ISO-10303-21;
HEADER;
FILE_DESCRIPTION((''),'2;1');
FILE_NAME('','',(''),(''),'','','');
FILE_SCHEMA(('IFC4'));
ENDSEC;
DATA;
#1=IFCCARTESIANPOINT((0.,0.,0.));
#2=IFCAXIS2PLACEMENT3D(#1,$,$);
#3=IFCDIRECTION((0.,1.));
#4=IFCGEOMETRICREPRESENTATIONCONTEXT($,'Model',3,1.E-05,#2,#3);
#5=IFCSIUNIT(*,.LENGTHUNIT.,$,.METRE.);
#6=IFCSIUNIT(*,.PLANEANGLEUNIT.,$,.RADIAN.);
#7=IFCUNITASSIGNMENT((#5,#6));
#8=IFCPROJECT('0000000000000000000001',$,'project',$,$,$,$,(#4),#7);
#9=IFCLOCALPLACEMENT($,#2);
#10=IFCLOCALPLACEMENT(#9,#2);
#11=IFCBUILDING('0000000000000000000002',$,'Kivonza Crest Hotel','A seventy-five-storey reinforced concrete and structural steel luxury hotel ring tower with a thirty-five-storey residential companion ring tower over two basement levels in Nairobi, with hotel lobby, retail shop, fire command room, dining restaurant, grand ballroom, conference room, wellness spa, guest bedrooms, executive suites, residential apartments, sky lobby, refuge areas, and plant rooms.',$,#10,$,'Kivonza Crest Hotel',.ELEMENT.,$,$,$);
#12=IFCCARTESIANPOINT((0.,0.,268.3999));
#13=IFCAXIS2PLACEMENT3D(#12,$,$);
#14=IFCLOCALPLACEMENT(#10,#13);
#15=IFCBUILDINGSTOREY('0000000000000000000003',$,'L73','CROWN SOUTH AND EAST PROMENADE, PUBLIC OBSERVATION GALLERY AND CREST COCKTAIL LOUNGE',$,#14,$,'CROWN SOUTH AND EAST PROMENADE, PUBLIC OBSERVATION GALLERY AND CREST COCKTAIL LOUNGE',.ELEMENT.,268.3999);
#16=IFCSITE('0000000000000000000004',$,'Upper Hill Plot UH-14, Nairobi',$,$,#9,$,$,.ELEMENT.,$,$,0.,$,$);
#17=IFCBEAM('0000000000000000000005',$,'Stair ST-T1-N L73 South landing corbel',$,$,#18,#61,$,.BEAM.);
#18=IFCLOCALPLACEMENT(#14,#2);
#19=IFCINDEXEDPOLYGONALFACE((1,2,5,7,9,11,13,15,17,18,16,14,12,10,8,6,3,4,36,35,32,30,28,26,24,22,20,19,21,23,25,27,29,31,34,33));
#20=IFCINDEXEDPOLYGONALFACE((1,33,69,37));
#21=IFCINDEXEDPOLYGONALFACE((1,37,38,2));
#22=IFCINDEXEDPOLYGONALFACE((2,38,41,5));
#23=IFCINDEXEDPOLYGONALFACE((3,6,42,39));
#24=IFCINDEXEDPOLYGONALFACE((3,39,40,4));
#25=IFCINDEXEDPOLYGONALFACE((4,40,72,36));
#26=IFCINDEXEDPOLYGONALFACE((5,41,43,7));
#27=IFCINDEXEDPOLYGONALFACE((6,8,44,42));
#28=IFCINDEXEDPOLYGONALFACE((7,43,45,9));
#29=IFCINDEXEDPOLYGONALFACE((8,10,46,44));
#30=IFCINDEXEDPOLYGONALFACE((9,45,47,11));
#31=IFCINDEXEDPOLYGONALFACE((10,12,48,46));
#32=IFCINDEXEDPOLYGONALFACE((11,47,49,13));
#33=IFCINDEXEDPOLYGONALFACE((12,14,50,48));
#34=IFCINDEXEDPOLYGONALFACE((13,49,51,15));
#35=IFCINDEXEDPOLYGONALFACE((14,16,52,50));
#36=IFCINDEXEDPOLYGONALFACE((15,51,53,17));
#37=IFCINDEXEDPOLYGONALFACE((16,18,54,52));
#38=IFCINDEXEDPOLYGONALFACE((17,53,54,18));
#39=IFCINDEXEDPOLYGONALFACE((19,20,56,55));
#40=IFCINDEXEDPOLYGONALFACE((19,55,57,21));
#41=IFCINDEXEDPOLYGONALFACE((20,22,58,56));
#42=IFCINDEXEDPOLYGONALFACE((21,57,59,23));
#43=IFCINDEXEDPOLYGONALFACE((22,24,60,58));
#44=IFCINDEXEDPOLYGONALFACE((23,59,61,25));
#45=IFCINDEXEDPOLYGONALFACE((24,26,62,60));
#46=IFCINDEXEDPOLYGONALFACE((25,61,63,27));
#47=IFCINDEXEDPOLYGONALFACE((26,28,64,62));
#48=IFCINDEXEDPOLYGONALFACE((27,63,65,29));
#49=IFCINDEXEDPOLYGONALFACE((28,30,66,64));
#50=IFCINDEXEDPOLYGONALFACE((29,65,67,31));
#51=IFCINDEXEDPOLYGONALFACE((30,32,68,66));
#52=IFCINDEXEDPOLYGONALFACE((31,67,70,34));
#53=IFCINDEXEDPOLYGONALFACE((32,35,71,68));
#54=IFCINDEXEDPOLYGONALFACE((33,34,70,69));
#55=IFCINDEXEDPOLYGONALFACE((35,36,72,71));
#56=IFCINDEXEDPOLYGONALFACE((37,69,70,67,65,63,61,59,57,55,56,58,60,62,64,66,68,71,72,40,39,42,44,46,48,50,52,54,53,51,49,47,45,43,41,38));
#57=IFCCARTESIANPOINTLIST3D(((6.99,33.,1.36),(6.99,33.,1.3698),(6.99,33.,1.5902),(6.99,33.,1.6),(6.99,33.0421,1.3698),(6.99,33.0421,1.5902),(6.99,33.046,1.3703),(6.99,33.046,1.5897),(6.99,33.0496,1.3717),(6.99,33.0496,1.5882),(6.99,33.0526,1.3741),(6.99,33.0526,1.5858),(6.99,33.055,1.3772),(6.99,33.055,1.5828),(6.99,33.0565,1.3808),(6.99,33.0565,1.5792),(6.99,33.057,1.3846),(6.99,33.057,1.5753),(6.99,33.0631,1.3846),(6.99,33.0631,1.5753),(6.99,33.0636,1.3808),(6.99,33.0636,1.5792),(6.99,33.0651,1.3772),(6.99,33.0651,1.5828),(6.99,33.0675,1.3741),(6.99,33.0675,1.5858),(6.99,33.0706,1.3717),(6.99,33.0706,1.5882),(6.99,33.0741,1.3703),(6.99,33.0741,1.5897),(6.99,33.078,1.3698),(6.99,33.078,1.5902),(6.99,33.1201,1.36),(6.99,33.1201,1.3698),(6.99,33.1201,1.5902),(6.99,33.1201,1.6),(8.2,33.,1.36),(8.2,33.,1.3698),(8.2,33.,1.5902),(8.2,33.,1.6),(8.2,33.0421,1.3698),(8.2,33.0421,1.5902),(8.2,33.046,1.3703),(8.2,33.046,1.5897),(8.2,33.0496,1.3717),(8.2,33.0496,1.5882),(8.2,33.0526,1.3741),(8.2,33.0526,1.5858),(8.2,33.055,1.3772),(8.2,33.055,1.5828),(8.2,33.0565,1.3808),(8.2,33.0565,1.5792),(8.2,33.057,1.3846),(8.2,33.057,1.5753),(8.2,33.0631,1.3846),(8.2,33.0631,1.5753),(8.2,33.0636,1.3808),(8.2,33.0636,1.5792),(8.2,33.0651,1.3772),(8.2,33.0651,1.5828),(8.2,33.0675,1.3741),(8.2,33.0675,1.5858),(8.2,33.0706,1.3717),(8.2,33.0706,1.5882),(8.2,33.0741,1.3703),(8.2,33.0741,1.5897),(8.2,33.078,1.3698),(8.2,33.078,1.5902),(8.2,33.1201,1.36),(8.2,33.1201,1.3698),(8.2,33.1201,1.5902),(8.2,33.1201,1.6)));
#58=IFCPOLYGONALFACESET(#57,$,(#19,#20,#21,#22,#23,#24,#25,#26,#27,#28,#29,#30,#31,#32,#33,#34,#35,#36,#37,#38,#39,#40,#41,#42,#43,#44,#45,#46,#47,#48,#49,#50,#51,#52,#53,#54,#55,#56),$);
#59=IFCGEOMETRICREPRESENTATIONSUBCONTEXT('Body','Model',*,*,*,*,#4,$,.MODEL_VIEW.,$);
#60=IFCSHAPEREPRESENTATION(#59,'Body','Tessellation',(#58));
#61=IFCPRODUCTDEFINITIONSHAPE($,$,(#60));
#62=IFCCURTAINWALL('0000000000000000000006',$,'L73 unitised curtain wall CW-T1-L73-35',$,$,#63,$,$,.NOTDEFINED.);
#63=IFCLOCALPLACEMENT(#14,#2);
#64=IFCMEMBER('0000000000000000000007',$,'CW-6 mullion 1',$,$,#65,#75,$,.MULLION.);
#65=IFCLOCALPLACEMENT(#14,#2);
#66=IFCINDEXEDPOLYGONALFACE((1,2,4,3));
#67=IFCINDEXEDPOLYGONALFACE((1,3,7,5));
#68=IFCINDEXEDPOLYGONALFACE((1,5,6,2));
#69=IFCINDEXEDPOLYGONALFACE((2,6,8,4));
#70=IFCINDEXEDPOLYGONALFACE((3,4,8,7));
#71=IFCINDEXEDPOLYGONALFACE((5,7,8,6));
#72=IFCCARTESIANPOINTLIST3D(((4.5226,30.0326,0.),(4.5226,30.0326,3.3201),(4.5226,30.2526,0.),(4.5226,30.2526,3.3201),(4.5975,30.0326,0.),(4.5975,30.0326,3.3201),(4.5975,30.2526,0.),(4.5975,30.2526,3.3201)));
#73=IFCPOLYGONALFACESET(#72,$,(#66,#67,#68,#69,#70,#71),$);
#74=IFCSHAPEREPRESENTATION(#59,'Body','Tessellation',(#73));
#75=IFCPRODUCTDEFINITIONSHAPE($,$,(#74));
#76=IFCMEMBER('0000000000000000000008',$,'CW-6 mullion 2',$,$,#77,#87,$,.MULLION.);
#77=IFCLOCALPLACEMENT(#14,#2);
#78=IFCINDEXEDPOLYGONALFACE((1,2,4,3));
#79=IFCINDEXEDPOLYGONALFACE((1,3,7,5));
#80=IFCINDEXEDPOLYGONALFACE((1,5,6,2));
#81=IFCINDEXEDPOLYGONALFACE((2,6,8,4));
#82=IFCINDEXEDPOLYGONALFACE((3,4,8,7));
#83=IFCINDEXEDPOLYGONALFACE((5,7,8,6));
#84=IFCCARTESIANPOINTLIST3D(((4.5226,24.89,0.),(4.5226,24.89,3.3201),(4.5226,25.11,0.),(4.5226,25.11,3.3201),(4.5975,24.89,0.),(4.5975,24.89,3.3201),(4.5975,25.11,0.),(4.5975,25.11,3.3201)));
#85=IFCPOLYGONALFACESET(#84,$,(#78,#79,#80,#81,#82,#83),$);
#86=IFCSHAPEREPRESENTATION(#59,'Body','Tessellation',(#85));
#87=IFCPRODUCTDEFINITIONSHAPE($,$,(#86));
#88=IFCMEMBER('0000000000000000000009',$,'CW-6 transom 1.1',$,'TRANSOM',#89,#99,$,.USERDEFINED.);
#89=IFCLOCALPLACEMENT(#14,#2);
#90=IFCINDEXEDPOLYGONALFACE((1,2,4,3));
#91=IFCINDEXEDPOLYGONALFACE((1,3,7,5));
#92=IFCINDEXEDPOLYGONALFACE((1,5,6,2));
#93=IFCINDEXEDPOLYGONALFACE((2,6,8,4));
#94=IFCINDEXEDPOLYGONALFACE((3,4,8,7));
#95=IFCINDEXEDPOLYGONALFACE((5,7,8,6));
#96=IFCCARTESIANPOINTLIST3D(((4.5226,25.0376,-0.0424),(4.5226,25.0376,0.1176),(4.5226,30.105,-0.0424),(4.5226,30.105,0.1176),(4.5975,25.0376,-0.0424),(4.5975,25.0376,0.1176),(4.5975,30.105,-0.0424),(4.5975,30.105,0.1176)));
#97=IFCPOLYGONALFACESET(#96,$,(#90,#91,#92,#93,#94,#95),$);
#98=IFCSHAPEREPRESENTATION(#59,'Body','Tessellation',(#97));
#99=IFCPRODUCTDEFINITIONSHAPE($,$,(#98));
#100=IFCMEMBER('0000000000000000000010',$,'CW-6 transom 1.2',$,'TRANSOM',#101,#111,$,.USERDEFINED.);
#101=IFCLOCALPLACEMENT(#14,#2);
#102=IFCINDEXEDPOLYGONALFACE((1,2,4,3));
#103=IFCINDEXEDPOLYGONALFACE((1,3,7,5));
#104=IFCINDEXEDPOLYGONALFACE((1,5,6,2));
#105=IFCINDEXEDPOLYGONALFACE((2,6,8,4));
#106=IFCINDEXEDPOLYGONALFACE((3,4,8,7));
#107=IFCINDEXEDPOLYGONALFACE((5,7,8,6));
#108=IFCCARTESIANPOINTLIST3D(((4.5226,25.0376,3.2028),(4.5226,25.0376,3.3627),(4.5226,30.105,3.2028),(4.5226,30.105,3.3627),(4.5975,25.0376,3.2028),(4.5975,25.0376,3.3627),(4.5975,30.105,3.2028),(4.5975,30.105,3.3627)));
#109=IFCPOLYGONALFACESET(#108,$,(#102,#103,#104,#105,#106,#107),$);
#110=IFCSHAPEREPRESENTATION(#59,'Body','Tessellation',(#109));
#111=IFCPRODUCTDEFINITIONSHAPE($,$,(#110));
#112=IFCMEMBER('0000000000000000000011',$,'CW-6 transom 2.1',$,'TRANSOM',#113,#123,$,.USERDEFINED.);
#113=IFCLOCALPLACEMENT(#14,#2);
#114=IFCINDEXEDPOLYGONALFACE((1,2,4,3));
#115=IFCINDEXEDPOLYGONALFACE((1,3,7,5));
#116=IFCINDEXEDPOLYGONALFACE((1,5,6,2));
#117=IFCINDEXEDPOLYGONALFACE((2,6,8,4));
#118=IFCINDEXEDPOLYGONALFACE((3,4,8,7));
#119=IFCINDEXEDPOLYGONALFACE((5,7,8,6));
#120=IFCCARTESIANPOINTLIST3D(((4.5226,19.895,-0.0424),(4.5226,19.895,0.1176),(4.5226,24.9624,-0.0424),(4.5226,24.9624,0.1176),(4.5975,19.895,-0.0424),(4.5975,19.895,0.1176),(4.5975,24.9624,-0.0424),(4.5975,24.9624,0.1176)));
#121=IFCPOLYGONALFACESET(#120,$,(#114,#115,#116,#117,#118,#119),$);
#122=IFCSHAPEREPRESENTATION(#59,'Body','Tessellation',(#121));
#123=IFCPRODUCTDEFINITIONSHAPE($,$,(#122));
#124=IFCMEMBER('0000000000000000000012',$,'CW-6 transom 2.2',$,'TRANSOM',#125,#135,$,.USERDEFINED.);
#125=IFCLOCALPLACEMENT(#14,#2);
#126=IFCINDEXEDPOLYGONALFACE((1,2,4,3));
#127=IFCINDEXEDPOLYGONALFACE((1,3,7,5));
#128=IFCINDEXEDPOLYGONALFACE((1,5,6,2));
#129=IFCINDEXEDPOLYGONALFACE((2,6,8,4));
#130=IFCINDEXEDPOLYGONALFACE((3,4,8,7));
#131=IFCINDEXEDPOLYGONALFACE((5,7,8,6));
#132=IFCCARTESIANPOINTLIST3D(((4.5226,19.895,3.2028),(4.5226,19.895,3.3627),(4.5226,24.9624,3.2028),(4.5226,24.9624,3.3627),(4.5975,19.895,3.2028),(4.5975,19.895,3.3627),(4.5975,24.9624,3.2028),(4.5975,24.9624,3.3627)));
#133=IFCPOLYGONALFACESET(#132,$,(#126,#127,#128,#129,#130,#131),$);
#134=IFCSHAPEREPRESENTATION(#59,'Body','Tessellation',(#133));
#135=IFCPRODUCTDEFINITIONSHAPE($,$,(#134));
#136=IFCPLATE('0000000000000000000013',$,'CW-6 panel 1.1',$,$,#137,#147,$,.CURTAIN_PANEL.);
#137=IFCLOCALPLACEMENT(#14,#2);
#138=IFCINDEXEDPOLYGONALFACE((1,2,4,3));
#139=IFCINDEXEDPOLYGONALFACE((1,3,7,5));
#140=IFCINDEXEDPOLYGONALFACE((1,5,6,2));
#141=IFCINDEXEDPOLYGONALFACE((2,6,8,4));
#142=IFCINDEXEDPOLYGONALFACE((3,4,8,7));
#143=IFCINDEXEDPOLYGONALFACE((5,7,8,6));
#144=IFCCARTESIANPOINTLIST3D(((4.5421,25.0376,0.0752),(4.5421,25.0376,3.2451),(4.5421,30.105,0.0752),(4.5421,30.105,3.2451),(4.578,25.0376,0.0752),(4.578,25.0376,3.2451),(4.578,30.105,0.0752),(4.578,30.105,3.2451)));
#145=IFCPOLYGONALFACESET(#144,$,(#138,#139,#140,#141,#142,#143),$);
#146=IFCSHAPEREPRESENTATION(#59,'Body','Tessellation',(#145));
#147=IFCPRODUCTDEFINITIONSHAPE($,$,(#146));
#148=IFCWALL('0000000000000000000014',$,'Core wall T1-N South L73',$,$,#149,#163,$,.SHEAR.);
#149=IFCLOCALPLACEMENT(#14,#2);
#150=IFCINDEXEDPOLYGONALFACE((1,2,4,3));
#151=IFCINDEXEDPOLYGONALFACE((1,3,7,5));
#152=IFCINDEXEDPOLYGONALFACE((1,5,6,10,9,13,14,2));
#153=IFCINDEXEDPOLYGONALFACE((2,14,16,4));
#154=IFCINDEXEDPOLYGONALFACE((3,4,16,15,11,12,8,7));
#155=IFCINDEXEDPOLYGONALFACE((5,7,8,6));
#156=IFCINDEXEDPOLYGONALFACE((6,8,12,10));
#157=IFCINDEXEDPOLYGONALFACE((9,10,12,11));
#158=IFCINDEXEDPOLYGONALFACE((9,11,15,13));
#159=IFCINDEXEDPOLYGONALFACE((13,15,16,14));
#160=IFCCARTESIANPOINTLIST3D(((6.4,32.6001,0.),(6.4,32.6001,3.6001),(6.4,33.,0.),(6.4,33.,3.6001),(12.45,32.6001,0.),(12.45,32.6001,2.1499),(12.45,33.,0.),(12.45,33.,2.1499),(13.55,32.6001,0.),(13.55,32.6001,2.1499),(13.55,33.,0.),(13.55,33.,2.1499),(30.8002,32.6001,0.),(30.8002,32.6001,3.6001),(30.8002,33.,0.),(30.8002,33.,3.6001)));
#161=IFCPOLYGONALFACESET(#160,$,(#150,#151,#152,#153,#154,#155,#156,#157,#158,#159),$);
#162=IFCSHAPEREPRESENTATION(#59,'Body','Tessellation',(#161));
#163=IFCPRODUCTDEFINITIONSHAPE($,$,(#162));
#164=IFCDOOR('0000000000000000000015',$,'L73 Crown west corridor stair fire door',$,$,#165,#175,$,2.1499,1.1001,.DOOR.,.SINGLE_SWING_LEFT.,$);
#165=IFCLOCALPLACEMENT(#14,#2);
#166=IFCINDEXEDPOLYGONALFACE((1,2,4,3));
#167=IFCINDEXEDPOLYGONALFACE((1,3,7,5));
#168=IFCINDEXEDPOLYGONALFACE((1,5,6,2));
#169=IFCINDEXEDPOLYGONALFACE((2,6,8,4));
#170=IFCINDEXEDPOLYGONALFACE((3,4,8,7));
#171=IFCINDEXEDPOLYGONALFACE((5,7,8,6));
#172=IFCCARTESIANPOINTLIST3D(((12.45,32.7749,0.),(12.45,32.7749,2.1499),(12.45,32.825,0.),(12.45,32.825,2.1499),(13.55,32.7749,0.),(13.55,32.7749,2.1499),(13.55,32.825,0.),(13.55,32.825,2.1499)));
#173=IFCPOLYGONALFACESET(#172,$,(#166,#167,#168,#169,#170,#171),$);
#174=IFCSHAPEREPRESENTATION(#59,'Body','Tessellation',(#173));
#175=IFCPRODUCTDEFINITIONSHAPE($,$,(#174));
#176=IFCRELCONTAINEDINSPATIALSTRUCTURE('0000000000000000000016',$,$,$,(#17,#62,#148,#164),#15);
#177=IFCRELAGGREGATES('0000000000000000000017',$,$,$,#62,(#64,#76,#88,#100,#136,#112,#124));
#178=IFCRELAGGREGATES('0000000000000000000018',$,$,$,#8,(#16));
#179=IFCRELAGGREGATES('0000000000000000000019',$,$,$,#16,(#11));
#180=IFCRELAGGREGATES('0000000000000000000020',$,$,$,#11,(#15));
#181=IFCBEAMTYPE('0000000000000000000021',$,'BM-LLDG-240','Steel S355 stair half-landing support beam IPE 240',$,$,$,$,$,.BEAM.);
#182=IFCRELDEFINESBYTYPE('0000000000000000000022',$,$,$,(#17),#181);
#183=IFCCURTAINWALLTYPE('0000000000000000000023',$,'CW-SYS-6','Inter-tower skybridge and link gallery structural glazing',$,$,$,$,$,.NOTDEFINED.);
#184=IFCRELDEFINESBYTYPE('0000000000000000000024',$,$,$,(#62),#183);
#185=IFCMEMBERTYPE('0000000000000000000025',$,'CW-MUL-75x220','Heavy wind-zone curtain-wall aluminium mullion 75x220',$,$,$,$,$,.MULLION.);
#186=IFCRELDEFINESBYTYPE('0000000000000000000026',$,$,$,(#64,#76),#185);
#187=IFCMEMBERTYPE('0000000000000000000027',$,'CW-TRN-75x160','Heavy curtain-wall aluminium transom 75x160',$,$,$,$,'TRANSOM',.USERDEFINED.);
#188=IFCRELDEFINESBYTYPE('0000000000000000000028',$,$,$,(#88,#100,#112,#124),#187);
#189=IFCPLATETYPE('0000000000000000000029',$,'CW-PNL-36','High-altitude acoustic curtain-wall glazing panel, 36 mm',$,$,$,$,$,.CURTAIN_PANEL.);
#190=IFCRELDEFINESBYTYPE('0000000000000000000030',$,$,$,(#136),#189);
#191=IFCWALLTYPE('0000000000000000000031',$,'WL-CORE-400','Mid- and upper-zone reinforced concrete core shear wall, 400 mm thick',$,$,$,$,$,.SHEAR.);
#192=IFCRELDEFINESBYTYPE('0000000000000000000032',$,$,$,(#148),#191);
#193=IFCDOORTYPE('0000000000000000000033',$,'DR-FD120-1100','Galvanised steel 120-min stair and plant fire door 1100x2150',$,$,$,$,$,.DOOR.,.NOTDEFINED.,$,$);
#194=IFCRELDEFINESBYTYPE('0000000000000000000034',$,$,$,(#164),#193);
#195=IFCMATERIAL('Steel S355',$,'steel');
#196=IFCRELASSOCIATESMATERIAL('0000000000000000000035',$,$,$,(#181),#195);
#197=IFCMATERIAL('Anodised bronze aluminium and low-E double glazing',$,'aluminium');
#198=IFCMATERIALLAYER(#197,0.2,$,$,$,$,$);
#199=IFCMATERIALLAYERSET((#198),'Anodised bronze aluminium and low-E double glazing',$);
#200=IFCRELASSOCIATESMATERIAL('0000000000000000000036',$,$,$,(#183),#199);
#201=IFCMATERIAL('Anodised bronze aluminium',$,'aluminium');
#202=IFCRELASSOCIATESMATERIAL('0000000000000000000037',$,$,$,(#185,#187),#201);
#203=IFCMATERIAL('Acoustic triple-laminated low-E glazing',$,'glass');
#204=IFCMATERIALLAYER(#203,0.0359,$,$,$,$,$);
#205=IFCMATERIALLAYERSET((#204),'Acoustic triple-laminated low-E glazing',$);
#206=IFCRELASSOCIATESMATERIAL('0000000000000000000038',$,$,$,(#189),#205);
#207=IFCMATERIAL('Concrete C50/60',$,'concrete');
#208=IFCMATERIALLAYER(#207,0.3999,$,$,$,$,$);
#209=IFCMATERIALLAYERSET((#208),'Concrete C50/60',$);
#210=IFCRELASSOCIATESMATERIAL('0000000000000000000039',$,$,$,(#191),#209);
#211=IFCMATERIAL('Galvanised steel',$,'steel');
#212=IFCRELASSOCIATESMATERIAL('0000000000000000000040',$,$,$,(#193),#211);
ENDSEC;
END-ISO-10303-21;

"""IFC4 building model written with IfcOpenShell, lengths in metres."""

from ifc_helpers import new_model, si_unit, direction, frame, frame_2d, origin, origin_2d, place, context, subcontext, project, spatial, rectangle, i_section, extrude, material, layer, layer_set, material_profile, profile_set, type_object, element, fill, aggregate, save


model = new_model("IFC4")

# Units and contexts
model_context = context("Model", 3, precision=1e-05, world=origin(), true_north=direction((0.0, 1.0)))
body_context = subcontext(model_context, "Body", "Model", "MODEL_VIEW")
ifc_project = project(units=[si_unit("LENGTHUNIT", "METRE"), si_unit("PLANEANGLEUNIT", "RADIAN")], contexts=[model_context])

# Site, building, storey
site_placement = place(None, origin())
site = spatial("IfcSite", under=ifc_project, at=site_placement, Name="Upper Hill Plot UH-14, Nairobi", CompositionType="ELEMENT", RefElevation=0.0)
building_placement = place(site_placement, origin())
building = spatial("IfcBuilding", under=site, at=building_placement, Name="Kivonza Crest Hotel", Description="A seventy-five-storey reinforced concrete and structural steel luxury hotel ring tower with a thirty-five-storey residential companion ring tower over two basement levels in Nairobi, with hotel lobby, retail shop, fire command room, dining restaurant, grand ballroom, conference room, wellness spa, guest bedrooms, executive suites, residential apartments, sky lobby, refuge areas, and plant rooms.", LongName="Kivonza Crest Hotel", CompositionType="ELEMENT")
storey_placement = place(building_placement, frame((0.0, 0.0, 268.3999)))
storey = spatial("IfcBuildingStorey", under=building, at=storey_placement, Name="L73", Description="CROWN SOUTH AND EAST PROMENADE, PUBLIC OBSERVATION GALLERY AND CREST COCKTAIL LOUNGE", LongName="CROWN SOUTH AND EAST PROMENADE, PUBLIC OBSERVATION GALLERY AND CREST COCKTAIL LOUNGE", CompositionType="ELEMENT", Elevation=268.3999)

# Shared definitions
ifc_material_1 = material(Name="Concrete C50/60", Category="concrete")

# Beam
ifc_material_2 = material(Name="Steel S355", Category="steel")
ifc_material_profile_1 = material_profile(ifc_material_2, i_section(OverallWidth=0.1201, OverallDepth=0.24, WebThickness=0.0061, FlangeThickness=0.0098, FilletRadius=0.0149, at=origin_2d()), Name="IPE 240")
ifc_profile_set_1 = profile_set([ifc_material_profile_1], Name="Steel S355")
beam_type_1 = type_object("IfcBeamType", Name="BM-LLDG-240", Description="Steel S355 stair half-landing support beam IPE 240", PredefinedType="BEAM", material=ifc_profile_set_1)
beam_1_placement = place(storey_placement, frame((6.99, 33.0601, 1.48), z_axis=(1.0, 0.0, 0.0), x_axis=(0.0, 1.0, 0.0)))
element("IfcBeam", 1, at=beam_1_placement, inside=storey, type_object=beam_type_1, Name="Stair ST-T1-N L73 South landing corbel", PredefinedType="BEAM", context=body_context, shape_type="SweptSolid", body=[
    extrude(i_section(OverallWidth=0.1201, OverallDepth=0.24, WebThickness=0.0061, FlangeThickness=0.0098, FilletRadius=0.0149, at=origin_2d()), origin(), (0.0, 0.0, 1.0), 1.21),
])

# Curtain wall, members, plate
ifc_material_3 = material(Name="Anodised bronze aluminium and low-E double glazing", Category="aluminium")
ifc_layer_1 = layer(ifc_material_3, 0.2)
ifc_layer_set_1 = layer_set([ifc_layer_1], Name="Anodised bronze aluminium and low-E double glazing")
curtain_wall_type = type_object("IfcCurtainWallType", Name="CW-SYS-6", Description="Inter-tower skybridge and link gallery structural glazing", PredefinedType="NOTDEFINED", material=ifc_layer_set_1)
curtain_wall_placement = place(storey_placement, origin())
curtain_wall = element("IfcCurtainWall", 2, at=curtain_wall_placement, inside=storey, type_object=curtain_wall_type, Name="L73 unitised curtain wall CW-T1-L73-35", PredefinedType="NOTDEFINED")
ifc_material_4 = material(Name="Anodised bronze aluminium", Category="aluminium")
ifc_material_profile_2 = material_profile(ifc_material_4, rectangle(XDim=0.075, YDim=0.22, at=origin_2d()), Name="CW-M 75x220")
ifc_profile_set_2 = profile_set([ifc_material_profile_2], Name="Anodised bronze aluminium")
member_type_1 = type_object("IfcMemberType", Name="CW-MUL-75x220", Description="Heavy wind-zone curtain-wall aluminium mullion 75x220", PredefinedType="MULLION", material=ifc_profile_set_2)
member_1_placement = place(storey_placement, frame((4.5601, 30.1426, 0.0), z_axis=(0.0, 0.0, 1.0), x_axis=(1.0, 0.0, 0.0)))
member_1 = element("IfcMember", 3, at=member_1_placement, type_object=member_type_1, Name="CW-6 mullion 1", PredefinedType="MULLION", context=body_context, shape_type="SweptSolid", body=[
    extrude(rectangle(XDim=0.075, YDim=0.22, at=origin_2d()), origin(), (0.0, 0.0, 1.0), 3.3201),
])
member_2_placement = place(storey_placement, frame((4.5601, 25.0, 0.0), z_axis=(0.0, 0.0, 1.0), x_axis=(1.0, 0.0, 0.0)))
member_2 = element("IfcMember", 4, at=member_2_placement, type_object=member_type_1, Name="CW-6 mullion 2", PredefinedType="MULLION", context=body_context, shape_type="SweptSolid", body=[
    extrude(rectangle(XDim=0.075, YDim=0.22, at=origin_2d()), origin(), (0.0, 0.0, 1.0), 3.3201),
])
ifc_material_profile_3 = material_profile(ifc_material_4, rectangle(XDim=0.075, YDim=0.1599, at=origin_2d()), Name="CW-T 75x160")
ifc_profile_set_3 = profile_set([ifc_material_profile_3], Name="Anodised bronze aluminium")
member_type_2 = type_object("IfcMemberType", Name="CW-TRN-75x160", Description="Heavy curtain-wall aluminium transom 75x160", ElementType="TRANSOM", PredefinedType="USERDEFINED", material=ifc_profile_set_3)
member_3_placement = place(storey_placement, frame((4.5601, 30.105, 0.0376), z_axis=(0.0, -1.0, 0.0), x_axis=(1.0, 0.0, 0.0)))
member_3 = element("IfcMember", 5, at=member_3_placement, type_object=member_type_2, Name="CW-6 transom 1.1", ObjectType="TRANSOM", PredefinedType="USERDEFINED", context=body_context, shape_type="SweptSolid", body=[
    extrude(rectangle(XDim=0.075, YDim=0.1599, at=origin_2d()), origin(), (0.0, 0.0, 1.0), 5.0674),
])
member_4_placement = place(storey_placement, frame((4.5601, 30.105, 3.2827), z_axis=(0.0, -1.0, 0.0), x_axis=(1.0, 0.0, 0.0)))
member_4 = element("IfcMember", 6, at=member_4_placement, type_object=member_type_2, Name="CW-6 transom 1.2", ObjectType="TRANSOM", PredefinedType="USERDEFINED", context=body_context, shape_type="SweptSolid", body=[
    extrude(rectangle(XDim=0.075, YDim=0.1599, at=origin_2d()), origin(), (0.0, 0.0, 1.0), 5.0674),
])
member_5_placement = place(storey_placement, frame((4.5601, 24.9624, 0.0376), z_axis=(0.0, -1.0, 0.0), x_axis=(1.0, 0.0, 0.0)))
member_5 = element("IfcMember", 7, at=member_5_placement, type_object=member_type_2, Name="CW-6 transom 2.1", ObjectType="TRANSOM", PredefinedType="USERDEFINED", context=body_context, shape_type="SweptSolid", body=[
    extrude(rectangle(XDim=0.075, YDim=0.1599, at=origin_2d()), origin(), (0.0, 0.0, 1.0), 5.0674),
])
member_6_placement = place(storey_placement, frame((4.5601, 24.9624, 3.2827), z_axis=(0.0, -1.0, 0.0), x_axis=(1.0, 0.0, 0.0)))
member_6 = element("IfcMember", 8, at=member_6_placement, type_object=member_type_2, Name="CW-6 transom 2.2", ObjectType="TRANSOM", PredefinedType="USERDEFINED", context=body_context, shape_type="SweptSolid", body=[
    extrude(rectangle(XDim=0.075, YDim=0.1599, at=origin_2d()), origin(), (0.0, 0.0, 1.0), 5.0674),
])
ifc_material_5 = material(Name="Acoustic triple-laminated low-E glazing", Category="glass")
ifc_layer_2 = layer(ifc_material_5, 0.0359)
ifc_layer_set_2 = layer_set([ifc_layer_2], Name="Acoustic triple-laminated low-E glazing")
plate_type = type_object("IfcPlateType", Name="CW-PNL-36", Description="High-altitude acoustic curtain-wall glazing panel, 36 mm", PredefinedType="CURTAIN_PANEL", material=ifc_layer_set_2)
plate_placement = place(storey_placement, frame((4.5601, 27.5713, 0.0752), z_axis=(0.0, 0.0, 1.0), x_axis=(0.0, -1.0, 0.0)))
plate = element("IfcPlate", 9, at=plate_placement, type_object=plate_type, Name="CW-6 panel 1.1", PredefinedType="CURTAIN_PANEL", context=body_context, shape_type="SweptSolid", body=[
    extrude(rectangle(XDim=5.0674, YDim=0.0359, at=origin_2d()), origin(), (0.0, 0.0, 1.0), 3.1699),
])
aggregate(curtain_wall, [member_1, member_2, member_3, member_4, plate, member_5, member_6])

# Wall, opening, door
ifc_layer_3 = layer(ifc_material_1, 0.3999)
ifc_layer_set_3 = layer_set([ifc_layer_3], Name="Concrete C50/60")
wall_type_1 = type_object("IfcWallType", Name="WL-CORE-400", Description="Mid- and upper-zone reinforced concrete core shear wall, 400 mm thick", PredefinedType="SHEAR", material=ifc_layer_set_3)
wall_1_placement = place(storey_placement, frame((6.3999, 32.8, 0.0), z_axis=(0.0, 0.0, 1.0), x_axis=(1.0, 0.0, 0.0)))
wall_1 = element("IfcWall", 10, at=wall_1_placement, inside=storey, type_object=wall_type_1, Name="Core wall T1-N South L73", PredefinedType="SHEAR", context=body_context, shape_type="SweptSolid", body=[
    extrude(rectangle(XDim=24.4001, YDim=0.3999, at=frame_2d((12.2002, 0.0))), origin(), (0.0, 0.0, 1.0), 3.6001),
])
opening_1_placement = place(wall_1_placement, frame((6.05, 0.0, 0.0)))
opening_1 = element("IfcOpeningElement", 11, at=opening_1_placement, cuts=wall_1, PredefinedType="OPENING", context=body_context, shape_type="SweptSolid", body=[
    extrude(rectangle(XDim=1.1001, YDim=2.1499, at=frame_2d((0.55, 1.075))), frame((0.0, 0.21, 0.0), z_axis=(0.0, -1.0, 0.0), x_axis=(1.0, 0.0, 0.0)), (0.0, 0.0, 1.0), 0.4199),
])
ifc_material_6 = material(Name="Galvanised steel", Category="steel")
door_type = type_object("IfcDoorType", Name="DR-FD120-1100", Description="Galvanised steel 120-min stair and plant fire door 1100x2150", OperationType="NOTDEFINED", PredefinedType="DOOR", material=ifc_material_6)
door_1_placement = place(opening_1_placement, origin())
door_1 = element("IfcDoor", 12, at=door_1_placement, inside=storey, type_object=door_type, Name="L73 Crown west corridor stair fire door", OperationType="SINGLE_SWING_LEFT", OverallHeight=2.1499, OverallWidth=1.1001, PredefinedType="DOOR", context=body_context, shape_type="SweptSolid", body=[
    extrude(rectangle(XDim=1.1001, YDim=2.1499, at=frame_2d((0.55, 1.075))), frame((0.0, 0.0249, 0.0), z_axis=(0.0, -1.0, 0.0), x_axis=(1.0, 0.0, 0.0)), (0.0, 0.0, 1.0), 0.05),
])
fill(opening_1, door_1)

save(model, "model.ifc")
